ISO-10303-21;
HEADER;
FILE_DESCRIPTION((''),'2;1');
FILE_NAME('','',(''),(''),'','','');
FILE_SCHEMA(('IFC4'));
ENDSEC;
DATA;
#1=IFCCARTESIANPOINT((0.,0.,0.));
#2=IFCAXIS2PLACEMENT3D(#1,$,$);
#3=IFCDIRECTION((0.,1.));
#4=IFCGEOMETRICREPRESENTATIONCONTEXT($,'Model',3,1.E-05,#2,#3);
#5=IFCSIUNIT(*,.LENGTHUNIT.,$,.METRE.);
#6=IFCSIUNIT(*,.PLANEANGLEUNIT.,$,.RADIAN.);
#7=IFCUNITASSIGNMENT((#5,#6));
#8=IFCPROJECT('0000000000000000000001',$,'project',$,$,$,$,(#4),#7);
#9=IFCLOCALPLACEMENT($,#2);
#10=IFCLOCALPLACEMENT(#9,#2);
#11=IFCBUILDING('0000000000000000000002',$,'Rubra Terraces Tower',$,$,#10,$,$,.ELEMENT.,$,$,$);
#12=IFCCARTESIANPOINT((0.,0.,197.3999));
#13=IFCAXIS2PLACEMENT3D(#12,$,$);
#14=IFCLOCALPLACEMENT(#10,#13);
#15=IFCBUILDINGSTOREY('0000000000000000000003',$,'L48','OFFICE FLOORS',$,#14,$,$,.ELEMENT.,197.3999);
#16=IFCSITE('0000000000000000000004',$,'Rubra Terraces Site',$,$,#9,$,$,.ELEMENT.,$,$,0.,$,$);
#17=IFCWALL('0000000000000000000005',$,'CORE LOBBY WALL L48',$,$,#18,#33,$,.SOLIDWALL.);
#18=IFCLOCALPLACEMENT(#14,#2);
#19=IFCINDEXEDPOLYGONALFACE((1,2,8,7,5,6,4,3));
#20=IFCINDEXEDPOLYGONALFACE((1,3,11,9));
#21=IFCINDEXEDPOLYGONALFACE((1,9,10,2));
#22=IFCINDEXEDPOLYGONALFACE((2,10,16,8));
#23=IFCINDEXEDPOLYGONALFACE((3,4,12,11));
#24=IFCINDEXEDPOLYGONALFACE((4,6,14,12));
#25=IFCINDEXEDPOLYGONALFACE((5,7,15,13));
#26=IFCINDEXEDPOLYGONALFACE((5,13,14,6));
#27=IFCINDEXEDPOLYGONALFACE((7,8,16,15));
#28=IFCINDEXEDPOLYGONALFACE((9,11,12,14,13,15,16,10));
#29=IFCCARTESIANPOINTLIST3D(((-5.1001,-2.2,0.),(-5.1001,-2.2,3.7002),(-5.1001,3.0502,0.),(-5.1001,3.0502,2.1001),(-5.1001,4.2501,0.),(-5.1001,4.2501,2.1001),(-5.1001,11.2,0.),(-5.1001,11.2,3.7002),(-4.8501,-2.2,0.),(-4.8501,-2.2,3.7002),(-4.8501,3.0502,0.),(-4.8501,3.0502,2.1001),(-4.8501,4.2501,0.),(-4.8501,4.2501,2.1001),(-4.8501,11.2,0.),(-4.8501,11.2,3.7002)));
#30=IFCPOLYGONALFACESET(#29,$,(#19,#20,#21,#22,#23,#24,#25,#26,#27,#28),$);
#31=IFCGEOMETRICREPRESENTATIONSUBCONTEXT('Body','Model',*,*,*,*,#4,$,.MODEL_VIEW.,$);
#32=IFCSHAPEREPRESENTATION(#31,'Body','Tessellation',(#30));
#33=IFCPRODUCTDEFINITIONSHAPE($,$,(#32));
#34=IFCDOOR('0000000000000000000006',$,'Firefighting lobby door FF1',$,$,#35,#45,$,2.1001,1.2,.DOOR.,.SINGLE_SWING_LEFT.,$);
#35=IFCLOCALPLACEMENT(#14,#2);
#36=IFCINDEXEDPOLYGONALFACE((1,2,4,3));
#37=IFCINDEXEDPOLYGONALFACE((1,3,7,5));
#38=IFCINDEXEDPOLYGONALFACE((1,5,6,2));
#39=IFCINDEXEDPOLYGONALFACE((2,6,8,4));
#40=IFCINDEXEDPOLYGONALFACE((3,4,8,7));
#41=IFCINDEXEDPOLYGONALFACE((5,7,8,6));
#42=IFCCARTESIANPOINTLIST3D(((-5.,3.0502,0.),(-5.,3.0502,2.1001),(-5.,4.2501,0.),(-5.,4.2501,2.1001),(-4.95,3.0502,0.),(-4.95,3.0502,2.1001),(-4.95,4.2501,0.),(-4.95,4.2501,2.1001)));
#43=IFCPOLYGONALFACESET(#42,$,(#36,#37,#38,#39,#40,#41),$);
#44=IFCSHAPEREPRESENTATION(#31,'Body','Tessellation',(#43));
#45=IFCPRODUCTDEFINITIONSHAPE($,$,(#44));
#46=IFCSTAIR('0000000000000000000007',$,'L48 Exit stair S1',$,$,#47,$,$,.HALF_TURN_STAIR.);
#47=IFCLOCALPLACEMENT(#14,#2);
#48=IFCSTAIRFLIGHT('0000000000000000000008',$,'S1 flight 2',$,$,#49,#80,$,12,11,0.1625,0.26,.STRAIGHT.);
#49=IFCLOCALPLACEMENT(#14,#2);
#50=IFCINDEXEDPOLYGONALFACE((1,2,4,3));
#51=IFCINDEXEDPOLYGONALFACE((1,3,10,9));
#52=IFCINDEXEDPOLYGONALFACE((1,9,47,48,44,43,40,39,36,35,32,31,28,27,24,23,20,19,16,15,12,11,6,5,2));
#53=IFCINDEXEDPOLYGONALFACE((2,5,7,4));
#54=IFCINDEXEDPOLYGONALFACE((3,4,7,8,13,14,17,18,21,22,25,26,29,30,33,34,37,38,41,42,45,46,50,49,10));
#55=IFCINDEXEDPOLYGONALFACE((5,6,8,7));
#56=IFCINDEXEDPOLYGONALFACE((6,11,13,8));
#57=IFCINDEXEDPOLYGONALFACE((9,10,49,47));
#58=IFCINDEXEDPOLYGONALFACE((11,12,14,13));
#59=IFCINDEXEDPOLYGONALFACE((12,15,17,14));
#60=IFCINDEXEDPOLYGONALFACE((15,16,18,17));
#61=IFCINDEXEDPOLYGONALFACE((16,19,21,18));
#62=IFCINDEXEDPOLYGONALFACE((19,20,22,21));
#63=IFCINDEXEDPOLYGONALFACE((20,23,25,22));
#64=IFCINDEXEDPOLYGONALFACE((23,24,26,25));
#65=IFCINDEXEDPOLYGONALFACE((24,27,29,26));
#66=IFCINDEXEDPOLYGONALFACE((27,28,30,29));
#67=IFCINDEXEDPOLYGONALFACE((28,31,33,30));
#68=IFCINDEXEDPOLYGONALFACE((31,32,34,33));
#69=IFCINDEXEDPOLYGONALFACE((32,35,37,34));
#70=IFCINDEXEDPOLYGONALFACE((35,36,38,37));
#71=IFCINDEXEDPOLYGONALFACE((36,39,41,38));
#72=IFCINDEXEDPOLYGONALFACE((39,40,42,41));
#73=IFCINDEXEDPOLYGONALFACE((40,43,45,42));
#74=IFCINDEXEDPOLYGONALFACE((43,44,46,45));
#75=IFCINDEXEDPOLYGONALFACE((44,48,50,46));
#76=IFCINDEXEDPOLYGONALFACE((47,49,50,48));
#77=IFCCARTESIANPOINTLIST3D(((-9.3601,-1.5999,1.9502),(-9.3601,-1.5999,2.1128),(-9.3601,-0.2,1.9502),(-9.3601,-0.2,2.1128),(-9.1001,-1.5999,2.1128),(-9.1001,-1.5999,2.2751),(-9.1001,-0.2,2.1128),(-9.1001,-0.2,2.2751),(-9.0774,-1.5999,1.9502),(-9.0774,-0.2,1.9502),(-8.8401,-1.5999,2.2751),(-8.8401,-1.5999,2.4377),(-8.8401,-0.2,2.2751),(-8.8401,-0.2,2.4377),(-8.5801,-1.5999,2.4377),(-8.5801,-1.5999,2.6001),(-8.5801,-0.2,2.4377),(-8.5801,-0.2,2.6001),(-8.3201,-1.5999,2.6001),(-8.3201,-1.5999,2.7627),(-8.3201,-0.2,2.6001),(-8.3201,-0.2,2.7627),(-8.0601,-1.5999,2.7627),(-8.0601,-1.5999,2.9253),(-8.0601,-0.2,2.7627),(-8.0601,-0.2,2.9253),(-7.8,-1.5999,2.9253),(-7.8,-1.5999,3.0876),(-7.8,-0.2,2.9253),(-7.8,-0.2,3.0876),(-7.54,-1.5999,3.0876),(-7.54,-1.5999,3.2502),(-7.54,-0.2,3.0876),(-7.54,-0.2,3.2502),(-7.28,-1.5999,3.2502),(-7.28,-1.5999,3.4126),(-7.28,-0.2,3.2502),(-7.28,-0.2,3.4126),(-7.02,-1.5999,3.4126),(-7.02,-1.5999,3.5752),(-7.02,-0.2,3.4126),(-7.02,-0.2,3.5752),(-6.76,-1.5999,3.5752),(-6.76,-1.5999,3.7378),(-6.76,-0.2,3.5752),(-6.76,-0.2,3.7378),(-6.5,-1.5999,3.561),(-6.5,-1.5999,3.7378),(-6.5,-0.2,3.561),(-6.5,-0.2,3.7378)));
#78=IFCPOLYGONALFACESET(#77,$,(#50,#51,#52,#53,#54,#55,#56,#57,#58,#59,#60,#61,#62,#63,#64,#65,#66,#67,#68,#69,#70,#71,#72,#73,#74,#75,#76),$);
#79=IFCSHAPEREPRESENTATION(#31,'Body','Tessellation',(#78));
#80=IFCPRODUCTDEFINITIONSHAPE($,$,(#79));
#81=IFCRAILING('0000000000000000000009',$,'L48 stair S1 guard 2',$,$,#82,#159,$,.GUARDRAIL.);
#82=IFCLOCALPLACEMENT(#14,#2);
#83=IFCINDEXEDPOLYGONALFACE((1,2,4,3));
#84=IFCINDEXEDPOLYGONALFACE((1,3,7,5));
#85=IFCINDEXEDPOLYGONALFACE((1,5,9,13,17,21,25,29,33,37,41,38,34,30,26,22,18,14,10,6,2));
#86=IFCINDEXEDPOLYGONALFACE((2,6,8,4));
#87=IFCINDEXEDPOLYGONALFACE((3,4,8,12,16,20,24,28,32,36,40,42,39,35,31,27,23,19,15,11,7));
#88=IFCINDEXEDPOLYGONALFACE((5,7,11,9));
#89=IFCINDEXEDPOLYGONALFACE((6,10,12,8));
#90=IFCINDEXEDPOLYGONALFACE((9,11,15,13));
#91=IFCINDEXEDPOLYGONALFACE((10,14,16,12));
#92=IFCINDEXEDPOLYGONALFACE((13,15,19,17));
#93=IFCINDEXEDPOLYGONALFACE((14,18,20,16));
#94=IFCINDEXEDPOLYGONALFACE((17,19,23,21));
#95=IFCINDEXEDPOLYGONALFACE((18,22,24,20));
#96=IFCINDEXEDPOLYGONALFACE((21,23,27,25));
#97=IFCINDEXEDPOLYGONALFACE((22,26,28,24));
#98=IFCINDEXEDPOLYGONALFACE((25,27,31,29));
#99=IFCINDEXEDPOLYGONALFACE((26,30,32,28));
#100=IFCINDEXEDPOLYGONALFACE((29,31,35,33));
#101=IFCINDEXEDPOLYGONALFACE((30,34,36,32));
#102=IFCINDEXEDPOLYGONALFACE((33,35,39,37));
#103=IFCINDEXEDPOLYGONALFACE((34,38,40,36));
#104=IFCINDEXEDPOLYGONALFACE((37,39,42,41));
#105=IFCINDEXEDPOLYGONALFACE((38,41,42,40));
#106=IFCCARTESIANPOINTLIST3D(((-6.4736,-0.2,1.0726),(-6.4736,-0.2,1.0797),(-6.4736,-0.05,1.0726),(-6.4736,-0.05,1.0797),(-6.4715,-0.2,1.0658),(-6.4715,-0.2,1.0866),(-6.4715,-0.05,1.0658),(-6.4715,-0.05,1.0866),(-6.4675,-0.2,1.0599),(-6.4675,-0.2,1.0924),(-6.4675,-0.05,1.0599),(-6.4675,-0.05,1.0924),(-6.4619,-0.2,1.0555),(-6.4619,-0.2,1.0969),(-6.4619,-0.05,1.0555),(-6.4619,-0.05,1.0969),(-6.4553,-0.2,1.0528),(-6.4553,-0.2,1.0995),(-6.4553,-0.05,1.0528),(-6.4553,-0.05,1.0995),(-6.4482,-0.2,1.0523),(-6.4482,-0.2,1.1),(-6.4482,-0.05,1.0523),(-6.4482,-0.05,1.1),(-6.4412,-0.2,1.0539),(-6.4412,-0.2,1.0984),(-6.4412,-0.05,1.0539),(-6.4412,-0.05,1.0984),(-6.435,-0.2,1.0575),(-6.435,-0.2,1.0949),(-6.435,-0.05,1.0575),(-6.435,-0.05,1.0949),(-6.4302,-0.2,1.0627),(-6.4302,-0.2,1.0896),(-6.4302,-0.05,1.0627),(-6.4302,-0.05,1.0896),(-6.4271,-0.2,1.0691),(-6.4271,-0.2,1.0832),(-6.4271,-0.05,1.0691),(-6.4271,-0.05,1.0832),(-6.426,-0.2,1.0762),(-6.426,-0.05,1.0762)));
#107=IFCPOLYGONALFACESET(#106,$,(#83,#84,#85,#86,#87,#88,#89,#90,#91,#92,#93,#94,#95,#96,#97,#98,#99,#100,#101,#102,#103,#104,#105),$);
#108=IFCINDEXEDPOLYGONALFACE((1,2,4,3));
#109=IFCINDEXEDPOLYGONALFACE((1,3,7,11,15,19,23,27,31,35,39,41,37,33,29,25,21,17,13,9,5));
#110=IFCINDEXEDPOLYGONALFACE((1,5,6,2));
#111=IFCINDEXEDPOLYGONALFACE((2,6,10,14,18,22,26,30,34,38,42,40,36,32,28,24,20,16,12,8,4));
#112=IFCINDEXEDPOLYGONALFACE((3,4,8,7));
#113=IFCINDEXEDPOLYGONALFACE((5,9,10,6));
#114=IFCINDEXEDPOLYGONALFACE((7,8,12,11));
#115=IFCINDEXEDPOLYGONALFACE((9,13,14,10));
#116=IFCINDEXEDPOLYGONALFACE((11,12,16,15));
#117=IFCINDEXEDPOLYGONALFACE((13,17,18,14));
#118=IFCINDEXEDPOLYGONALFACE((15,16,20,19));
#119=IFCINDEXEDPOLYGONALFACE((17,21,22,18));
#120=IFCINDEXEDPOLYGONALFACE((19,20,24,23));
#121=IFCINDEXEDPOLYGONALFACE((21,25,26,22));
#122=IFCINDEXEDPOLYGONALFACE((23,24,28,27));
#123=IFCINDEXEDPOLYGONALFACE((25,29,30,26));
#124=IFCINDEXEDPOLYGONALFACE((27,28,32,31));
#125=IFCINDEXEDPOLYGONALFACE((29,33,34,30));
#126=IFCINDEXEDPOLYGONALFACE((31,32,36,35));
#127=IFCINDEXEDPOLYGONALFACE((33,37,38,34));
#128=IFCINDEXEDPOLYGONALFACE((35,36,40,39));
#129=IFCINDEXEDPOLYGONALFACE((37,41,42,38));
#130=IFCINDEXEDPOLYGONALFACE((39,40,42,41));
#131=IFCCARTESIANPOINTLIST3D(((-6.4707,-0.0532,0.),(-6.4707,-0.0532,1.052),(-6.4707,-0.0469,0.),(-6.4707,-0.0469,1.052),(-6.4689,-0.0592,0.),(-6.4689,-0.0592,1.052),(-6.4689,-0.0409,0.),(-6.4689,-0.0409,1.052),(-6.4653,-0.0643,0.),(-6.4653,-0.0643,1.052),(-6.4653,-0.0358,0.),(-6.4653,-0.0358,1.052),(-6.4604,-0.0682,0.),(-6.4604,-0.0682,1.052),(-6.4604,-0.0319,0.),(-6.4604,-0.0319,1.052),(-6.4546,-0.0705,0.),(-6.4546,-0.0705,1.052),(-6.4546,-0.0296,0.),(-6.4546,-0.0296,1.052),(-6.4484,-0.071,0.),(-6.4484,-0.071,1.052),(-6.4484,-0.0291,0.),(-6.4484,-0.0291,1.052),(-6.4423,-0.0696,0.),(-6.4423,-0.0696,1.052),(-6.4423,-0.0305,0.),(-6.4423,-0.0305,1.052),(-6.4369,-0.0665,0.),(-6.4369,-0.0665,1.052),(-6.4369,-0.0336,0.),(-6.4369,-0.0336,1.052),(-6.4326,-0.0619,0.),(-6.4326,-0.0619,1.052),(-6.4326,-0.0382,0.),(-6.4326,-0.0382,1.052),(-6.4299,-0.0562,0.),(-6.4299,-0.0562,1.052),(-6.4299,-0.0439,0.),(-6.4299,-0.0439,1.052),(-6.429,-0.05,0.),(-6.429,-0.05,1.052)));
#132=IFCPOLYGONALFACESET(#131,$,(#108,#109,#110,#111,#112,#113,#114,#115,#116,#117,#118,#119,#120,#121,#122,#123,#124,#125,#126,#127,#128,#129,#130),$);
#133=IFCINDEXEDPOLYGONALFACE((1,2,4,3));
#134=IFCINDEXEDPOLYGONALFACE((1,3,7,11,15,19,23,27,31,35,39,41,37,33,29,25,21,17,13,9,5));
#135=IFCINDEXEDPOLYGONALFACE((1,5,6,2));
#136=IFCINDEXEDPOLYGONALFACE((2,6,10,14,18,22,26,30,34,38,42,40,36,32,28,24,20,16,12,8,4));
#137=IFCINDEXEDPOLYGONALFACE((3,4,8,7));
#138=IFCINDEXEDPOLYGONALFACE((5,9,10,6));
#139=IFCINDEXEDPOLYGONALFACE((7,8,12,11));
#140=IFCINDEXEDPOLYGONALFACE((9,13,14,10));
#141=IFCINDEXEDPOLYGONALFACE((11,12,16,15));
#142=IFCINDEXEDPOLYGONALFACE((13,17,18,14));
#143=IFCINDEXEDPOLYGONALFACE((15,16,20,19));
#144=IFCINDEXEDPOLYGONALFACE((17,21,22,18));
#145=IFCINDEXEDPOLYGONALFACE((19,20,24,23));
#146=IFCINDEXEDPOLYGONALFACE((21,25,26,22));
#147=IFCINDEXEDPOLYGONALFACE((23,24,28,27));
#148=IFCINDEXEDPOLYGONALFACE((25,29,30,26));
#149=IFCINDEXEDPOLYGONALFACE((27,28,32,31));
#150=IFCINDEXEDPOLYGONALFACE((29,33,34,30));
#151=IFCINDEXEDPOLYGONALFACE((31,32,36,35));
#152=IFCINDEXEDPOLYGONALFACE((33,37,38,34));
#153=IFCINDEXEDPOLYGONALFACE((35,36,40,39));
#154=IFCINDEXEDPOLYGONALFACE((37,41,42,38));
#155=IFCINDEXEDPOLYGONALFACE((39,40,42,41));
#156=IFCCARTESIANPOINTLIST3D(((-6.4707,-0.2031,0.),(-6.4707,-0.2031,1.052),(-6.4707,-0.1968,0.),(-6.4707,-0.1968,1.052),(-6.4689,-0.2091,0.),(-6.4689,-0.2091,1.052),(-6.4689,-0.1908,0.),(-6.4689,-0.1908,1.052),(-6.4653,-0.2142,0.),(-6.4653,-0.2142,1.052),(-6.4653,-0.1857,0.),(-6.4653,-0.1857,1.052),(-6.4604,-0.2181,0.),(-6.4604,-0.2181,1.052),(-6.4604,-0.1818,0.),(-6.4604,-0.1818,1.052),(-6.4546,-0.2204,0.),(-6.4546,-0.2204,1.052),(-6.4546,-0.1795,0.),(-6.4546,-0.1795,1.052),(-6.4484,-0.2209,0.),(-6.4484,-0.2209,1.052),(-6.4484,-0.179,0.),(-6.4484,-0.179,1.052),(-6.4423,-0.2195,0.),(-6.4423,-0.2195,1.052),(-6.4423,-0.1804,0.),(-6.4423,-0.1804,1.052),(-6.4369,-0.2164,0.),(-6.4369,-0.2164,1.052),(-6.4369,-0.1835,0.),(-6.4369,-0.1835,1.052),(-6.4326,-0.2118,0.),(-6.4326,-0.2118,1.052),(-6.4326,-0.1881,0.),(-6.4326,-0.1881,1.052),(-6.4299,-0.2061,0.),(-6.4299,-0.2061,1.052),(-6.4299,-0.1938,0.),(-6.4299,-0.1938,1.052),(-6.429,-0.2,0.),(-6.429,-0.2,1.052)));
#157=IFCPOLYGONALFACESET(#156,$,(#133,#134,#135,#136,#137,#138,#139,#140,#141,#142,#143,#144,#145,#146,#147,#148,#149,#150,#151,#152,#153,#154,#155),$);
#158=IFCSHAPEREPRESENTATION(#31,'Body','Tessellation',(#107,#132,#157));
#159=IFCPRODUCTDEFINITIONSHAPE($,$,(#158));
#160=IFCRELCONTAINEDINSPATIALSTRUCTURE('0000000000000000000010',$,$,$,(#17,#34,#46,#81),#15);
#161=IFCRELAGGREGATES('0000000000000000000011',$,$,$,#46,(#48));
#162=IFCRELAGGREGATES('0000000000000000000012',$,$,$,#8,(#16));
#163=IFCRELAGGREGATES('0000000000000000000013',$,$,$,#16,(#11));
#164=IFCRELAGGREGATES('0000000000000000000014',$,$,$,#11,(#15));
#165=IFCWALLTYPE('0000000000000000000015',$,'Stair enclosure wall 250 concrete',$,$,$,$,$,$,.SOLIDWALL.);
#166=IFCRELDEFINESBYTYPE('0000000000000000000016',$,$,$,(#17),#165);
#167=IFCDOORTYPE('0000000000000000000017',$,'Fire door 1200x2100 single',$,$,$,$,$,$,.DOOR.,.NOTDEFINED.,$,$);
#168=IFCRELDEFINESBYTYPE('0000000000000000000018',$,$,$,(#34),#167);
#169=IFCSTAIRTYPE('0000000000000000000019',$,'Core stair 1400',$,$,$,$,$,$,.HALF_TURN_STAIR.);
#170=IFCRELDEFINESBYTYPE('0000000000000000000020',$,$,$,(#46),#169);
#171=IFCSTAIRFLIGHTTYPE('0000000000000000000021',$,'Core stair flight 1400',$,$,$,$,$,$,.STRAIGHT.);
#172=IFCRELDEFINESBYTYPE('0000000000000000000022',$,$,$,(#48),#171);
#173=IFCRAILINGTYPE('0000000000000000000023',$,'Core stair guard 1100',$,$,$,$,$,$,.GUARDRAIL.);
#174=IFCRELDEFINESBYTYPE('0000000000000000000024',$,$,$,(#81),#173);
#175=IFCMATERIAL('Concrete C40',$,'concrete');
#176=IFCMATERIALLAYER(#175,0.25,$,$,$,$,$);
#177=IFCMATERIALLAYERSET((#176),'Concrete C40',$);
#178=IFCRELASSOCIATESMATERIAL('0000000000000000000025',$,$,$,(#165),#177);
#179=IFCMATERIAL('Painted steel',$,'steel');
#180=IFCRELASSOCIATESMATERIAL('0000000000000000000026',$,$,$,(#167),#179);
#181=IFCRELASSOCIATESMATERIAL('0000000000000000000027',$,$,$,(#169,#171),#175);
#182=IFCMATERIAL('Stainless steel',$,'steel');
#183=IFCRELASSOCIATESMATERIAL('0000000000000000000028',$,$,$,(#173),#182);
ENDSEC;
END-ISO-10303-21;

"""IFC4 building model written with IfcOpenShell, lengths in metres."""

from ifc_helpers import new_model, si_unit, direction, frame, frame_2d, origin, origin_2d, place, context, subcontext, project, spatial, polyline, rectangle, circle, outline, extrude, material, layer, layer_set, type_object, element, fill, aggregate, save


model = new_model("IFC4")

# Units and contexts
model_context = context("Model", 3, precision=1e-05, world=origin(), true_north=direction((0.0, 1.0)))
body_context = subcontext(model_context, "Body", "Model", "MODEL_VIEW")
ifc_project = project(units=[si_unit("LENGTHUNIT", "METRE"), si_unit("PLANEANGLEUNIT", "RADIAN")], contexts=[model_context])

# Site, building, storey
site_placement = place(None, origin())
site = spatial("IfcSite", under=ifc_project, at=site_placement, Name="Rubra Terraces Site", CompositionType="ELEMENT", RefElevation=0.0)
building_placement = place(site_placement, origin())
building = spatial("IfcBuilding", under=site, at=building_placement, Name="Rubra Terraces Tower", CompositionType="ELEMENT")
storey_placement = place(building_placement, frame((0.0, 0.0, 197.3999)))
storey = spatial("IfcBuildingStorey", under=building, at=storey_placement, Name="L48", Description="OFFICE FLOORS", CompositionType="ELEMENT", Elevation=197.3999)

# Shared definitions
ifc_material_1 = material(Name="Concrete C40", Category="concrete")

# Shared definitions
ifc_material_2 = material(Name="Painted steel", Category="steel")

# Wall, opening, door
ifc_layer_1 = layer(ifc_material_1, 0.25)
ifc_layer_set_1 = layer_set([ifc_layer_1], Name="Concrete C40")
wall_type_1 = type_object("IfcWallType", Name="Stair enclosure wall 250 concrete", PredefinedType="SOLIDWALL", material=ifc_layer_set_1)
wall_1_placement = place(storey_placement, frame((-4.9751, -2.2, 0.0), z_axis=(0.0, 0.0, 1.0), x_axis=(0.0, 1.0, 0.0)))
wall_1 = element("IfcWall", 1, at=wall_1_placement, inside=storey, type_object=wall_type_1, Name="CORE LOBBY WALL L48", PredefinedType="SOLIDWALL", context=body_context, shape_type="SweptSolid", body=[
    extrude(rectangle(XDim=13.3999, YDim=0.25, at=frame_2d((6.7, 0.0))), origin(), (0.0, 0.0, 1.0), 3.7002),
])
opening_1_placement = place(wall_1_placement, frame((5.25, 0.0, 0.0)))
opening_1 = element("IfcOpeningElement", 2, at=opening_1_placement, cuts=wall_1, PredefinedType="OPENING", context=body_context, shape_type="SweptSolid", body=[
    extrude(rectangle(XDim=1.2, YDim=2.1001, at=frame_2d((0.6001, 1.05))), frame((0.0, 0.135, 0.0), z_axis=(0.0, -1.0, 0.0), x_axis=(1.0, 0.0, 0.0)), (0.0, 0.0, 1.0), 0.27),
])
door_type_1 = type_object("IfcDoorType", Name="Fire door 1200x2100 single", OperationType="NOTDEFINED", PredefinedType="DOOR", material=ifc_material_2)
door_1_placement = place(opening_1_placement, origin())
door_1 = element("IfcDoor", 3, at=door_1_placement, inside=storey, type_object=door_type_1, Name="Firefighting lobby door FF1", OperationType="SINGLE_SWING_LEFT", OverallHeight=2.1001, OverallWidth=1.2, PredefinedType="DOOR", context=body_context, shape_type="SweptSolid", body=[
    extrude(rectangle(XDim=1.2, YDim=2.1001, at=frame_2d((0.6001, 1.05))), frame((0.0, 0.0249, 0.0), z_axis=(0.0, -1.0, 0.0), x_axis=(1.0, 0.0, 0.0)), (0.0, 0.0, 1.0), 0.05),
])
fill(opening_1, door_1)

# Stair, stair flight
stair_type = type_object("IfcStairType", Name="Core stair 1400", PredefinedType="HALF_TURN_STAIR", material=ifc_material_1)
stair_placement = place(storey_placement, origin())
stair = element("IfcStair", 4, at=stair_placement, inside=storey, type_object=stair_type, Name="L48 Exit stair S1", PredefinedType="HALF_TURN_STAIR")
stair_flight_type = type_object("IfcStairFlightType", Name="Core stair flight 1400", PredefinedType="STRAIGHT", material=ifc_material_1)
stair_flight_placement = place(storey_placement, frame((-9.3601, -0.8999, 1.9502), z_axis=(0.0, 0.0, 1.0), x_axis=(1.0, 0.0, 0.0)))
stair_flight = element("IfcStairFlight", 5, at=stair_flight_placement, type_object=stair_flight_type, Name="S1 flight 2", NumberOfRisers=12, NumberOfTreads=11, PredefinedType="STRAIGHT", RiserHeight=0.1625, TreadLength=0.26, context=body_context, shape_type="SweptSolid", body=[
    extrude(outline(polyline([(0.0, 0.0), (0.0, 0.1626), (0.26, 0.1626), (0.26, 0.325), (0.52, 0.325), (0.52, 0.4875), (0.78, 0.4875), (0.78, 0.6499), (1.04, 0.6499), (1.04, 0.8125), (1.3, 0.8125), (1.3, 0.9751), (1.5601, 0.9751), (1.5601, 1.1375), (1.8201, 1.1375), (1.8201, 1.3), (2.0801, 1.3), (2.0801, 1.4624), (2.3401, 1.4624), (2.3401, 1.625), (2.6001, 1.625), (2.6001, 1.7876), (2.8601, 1.7876), (2.8601, 1.95), (2.8601, 1.6108), (0.2827, 0.0), (0.0, 0.0)])), frame((0.0, 0.7, 0.0), z_axis=(0.0, -1.0, 0.0), x_axis=(1.0, 0.0, 0.0)), (0.0, 0.0, 1.0), 1.3999),
])
aggregate(stair, [stair_flight])

# Railing
ifc_material_3 = material(Name="Stainless steel", Category="steel")
railing_type = type_object("IfcRailingType", Name="Core stair guard 1100", PredefinedType="GUARDRAIL", material=ifc_material_3)
railing_1_placement = place(storey_placement, frame((-6.45, -0.05, 0.0)))
element("IfcRailing", 6, at=railing_1_placement, inside=storey, type_object=railing_type, Name="L48 stair S1 guard 2", PredefinedType="GUARDRAIL", context=body_context, shape_type="SweptSolid", body=[
    extrude(circle(Radius=0.0239, at=origin_2d()), frame((0.0, 0.0, 1.0762), z_axis=(0.0, -1.0, 0.0), x_axis=(1.0, 0.0, 0.0)), (0.0, 0.0, 1.0), 0.1499),
    extrude(circle(Radius=0.021, at=origin_2d()), origin(), (0.0, 0.0, 1.0), 1.052),
    extrude(circle(Radius=0.021, at=origin_2d()), frame((0.0, -0.1499, 0.0)), (0.0, 0.0, 1.0), 1.052),
])

save(model, "model.ifc")
